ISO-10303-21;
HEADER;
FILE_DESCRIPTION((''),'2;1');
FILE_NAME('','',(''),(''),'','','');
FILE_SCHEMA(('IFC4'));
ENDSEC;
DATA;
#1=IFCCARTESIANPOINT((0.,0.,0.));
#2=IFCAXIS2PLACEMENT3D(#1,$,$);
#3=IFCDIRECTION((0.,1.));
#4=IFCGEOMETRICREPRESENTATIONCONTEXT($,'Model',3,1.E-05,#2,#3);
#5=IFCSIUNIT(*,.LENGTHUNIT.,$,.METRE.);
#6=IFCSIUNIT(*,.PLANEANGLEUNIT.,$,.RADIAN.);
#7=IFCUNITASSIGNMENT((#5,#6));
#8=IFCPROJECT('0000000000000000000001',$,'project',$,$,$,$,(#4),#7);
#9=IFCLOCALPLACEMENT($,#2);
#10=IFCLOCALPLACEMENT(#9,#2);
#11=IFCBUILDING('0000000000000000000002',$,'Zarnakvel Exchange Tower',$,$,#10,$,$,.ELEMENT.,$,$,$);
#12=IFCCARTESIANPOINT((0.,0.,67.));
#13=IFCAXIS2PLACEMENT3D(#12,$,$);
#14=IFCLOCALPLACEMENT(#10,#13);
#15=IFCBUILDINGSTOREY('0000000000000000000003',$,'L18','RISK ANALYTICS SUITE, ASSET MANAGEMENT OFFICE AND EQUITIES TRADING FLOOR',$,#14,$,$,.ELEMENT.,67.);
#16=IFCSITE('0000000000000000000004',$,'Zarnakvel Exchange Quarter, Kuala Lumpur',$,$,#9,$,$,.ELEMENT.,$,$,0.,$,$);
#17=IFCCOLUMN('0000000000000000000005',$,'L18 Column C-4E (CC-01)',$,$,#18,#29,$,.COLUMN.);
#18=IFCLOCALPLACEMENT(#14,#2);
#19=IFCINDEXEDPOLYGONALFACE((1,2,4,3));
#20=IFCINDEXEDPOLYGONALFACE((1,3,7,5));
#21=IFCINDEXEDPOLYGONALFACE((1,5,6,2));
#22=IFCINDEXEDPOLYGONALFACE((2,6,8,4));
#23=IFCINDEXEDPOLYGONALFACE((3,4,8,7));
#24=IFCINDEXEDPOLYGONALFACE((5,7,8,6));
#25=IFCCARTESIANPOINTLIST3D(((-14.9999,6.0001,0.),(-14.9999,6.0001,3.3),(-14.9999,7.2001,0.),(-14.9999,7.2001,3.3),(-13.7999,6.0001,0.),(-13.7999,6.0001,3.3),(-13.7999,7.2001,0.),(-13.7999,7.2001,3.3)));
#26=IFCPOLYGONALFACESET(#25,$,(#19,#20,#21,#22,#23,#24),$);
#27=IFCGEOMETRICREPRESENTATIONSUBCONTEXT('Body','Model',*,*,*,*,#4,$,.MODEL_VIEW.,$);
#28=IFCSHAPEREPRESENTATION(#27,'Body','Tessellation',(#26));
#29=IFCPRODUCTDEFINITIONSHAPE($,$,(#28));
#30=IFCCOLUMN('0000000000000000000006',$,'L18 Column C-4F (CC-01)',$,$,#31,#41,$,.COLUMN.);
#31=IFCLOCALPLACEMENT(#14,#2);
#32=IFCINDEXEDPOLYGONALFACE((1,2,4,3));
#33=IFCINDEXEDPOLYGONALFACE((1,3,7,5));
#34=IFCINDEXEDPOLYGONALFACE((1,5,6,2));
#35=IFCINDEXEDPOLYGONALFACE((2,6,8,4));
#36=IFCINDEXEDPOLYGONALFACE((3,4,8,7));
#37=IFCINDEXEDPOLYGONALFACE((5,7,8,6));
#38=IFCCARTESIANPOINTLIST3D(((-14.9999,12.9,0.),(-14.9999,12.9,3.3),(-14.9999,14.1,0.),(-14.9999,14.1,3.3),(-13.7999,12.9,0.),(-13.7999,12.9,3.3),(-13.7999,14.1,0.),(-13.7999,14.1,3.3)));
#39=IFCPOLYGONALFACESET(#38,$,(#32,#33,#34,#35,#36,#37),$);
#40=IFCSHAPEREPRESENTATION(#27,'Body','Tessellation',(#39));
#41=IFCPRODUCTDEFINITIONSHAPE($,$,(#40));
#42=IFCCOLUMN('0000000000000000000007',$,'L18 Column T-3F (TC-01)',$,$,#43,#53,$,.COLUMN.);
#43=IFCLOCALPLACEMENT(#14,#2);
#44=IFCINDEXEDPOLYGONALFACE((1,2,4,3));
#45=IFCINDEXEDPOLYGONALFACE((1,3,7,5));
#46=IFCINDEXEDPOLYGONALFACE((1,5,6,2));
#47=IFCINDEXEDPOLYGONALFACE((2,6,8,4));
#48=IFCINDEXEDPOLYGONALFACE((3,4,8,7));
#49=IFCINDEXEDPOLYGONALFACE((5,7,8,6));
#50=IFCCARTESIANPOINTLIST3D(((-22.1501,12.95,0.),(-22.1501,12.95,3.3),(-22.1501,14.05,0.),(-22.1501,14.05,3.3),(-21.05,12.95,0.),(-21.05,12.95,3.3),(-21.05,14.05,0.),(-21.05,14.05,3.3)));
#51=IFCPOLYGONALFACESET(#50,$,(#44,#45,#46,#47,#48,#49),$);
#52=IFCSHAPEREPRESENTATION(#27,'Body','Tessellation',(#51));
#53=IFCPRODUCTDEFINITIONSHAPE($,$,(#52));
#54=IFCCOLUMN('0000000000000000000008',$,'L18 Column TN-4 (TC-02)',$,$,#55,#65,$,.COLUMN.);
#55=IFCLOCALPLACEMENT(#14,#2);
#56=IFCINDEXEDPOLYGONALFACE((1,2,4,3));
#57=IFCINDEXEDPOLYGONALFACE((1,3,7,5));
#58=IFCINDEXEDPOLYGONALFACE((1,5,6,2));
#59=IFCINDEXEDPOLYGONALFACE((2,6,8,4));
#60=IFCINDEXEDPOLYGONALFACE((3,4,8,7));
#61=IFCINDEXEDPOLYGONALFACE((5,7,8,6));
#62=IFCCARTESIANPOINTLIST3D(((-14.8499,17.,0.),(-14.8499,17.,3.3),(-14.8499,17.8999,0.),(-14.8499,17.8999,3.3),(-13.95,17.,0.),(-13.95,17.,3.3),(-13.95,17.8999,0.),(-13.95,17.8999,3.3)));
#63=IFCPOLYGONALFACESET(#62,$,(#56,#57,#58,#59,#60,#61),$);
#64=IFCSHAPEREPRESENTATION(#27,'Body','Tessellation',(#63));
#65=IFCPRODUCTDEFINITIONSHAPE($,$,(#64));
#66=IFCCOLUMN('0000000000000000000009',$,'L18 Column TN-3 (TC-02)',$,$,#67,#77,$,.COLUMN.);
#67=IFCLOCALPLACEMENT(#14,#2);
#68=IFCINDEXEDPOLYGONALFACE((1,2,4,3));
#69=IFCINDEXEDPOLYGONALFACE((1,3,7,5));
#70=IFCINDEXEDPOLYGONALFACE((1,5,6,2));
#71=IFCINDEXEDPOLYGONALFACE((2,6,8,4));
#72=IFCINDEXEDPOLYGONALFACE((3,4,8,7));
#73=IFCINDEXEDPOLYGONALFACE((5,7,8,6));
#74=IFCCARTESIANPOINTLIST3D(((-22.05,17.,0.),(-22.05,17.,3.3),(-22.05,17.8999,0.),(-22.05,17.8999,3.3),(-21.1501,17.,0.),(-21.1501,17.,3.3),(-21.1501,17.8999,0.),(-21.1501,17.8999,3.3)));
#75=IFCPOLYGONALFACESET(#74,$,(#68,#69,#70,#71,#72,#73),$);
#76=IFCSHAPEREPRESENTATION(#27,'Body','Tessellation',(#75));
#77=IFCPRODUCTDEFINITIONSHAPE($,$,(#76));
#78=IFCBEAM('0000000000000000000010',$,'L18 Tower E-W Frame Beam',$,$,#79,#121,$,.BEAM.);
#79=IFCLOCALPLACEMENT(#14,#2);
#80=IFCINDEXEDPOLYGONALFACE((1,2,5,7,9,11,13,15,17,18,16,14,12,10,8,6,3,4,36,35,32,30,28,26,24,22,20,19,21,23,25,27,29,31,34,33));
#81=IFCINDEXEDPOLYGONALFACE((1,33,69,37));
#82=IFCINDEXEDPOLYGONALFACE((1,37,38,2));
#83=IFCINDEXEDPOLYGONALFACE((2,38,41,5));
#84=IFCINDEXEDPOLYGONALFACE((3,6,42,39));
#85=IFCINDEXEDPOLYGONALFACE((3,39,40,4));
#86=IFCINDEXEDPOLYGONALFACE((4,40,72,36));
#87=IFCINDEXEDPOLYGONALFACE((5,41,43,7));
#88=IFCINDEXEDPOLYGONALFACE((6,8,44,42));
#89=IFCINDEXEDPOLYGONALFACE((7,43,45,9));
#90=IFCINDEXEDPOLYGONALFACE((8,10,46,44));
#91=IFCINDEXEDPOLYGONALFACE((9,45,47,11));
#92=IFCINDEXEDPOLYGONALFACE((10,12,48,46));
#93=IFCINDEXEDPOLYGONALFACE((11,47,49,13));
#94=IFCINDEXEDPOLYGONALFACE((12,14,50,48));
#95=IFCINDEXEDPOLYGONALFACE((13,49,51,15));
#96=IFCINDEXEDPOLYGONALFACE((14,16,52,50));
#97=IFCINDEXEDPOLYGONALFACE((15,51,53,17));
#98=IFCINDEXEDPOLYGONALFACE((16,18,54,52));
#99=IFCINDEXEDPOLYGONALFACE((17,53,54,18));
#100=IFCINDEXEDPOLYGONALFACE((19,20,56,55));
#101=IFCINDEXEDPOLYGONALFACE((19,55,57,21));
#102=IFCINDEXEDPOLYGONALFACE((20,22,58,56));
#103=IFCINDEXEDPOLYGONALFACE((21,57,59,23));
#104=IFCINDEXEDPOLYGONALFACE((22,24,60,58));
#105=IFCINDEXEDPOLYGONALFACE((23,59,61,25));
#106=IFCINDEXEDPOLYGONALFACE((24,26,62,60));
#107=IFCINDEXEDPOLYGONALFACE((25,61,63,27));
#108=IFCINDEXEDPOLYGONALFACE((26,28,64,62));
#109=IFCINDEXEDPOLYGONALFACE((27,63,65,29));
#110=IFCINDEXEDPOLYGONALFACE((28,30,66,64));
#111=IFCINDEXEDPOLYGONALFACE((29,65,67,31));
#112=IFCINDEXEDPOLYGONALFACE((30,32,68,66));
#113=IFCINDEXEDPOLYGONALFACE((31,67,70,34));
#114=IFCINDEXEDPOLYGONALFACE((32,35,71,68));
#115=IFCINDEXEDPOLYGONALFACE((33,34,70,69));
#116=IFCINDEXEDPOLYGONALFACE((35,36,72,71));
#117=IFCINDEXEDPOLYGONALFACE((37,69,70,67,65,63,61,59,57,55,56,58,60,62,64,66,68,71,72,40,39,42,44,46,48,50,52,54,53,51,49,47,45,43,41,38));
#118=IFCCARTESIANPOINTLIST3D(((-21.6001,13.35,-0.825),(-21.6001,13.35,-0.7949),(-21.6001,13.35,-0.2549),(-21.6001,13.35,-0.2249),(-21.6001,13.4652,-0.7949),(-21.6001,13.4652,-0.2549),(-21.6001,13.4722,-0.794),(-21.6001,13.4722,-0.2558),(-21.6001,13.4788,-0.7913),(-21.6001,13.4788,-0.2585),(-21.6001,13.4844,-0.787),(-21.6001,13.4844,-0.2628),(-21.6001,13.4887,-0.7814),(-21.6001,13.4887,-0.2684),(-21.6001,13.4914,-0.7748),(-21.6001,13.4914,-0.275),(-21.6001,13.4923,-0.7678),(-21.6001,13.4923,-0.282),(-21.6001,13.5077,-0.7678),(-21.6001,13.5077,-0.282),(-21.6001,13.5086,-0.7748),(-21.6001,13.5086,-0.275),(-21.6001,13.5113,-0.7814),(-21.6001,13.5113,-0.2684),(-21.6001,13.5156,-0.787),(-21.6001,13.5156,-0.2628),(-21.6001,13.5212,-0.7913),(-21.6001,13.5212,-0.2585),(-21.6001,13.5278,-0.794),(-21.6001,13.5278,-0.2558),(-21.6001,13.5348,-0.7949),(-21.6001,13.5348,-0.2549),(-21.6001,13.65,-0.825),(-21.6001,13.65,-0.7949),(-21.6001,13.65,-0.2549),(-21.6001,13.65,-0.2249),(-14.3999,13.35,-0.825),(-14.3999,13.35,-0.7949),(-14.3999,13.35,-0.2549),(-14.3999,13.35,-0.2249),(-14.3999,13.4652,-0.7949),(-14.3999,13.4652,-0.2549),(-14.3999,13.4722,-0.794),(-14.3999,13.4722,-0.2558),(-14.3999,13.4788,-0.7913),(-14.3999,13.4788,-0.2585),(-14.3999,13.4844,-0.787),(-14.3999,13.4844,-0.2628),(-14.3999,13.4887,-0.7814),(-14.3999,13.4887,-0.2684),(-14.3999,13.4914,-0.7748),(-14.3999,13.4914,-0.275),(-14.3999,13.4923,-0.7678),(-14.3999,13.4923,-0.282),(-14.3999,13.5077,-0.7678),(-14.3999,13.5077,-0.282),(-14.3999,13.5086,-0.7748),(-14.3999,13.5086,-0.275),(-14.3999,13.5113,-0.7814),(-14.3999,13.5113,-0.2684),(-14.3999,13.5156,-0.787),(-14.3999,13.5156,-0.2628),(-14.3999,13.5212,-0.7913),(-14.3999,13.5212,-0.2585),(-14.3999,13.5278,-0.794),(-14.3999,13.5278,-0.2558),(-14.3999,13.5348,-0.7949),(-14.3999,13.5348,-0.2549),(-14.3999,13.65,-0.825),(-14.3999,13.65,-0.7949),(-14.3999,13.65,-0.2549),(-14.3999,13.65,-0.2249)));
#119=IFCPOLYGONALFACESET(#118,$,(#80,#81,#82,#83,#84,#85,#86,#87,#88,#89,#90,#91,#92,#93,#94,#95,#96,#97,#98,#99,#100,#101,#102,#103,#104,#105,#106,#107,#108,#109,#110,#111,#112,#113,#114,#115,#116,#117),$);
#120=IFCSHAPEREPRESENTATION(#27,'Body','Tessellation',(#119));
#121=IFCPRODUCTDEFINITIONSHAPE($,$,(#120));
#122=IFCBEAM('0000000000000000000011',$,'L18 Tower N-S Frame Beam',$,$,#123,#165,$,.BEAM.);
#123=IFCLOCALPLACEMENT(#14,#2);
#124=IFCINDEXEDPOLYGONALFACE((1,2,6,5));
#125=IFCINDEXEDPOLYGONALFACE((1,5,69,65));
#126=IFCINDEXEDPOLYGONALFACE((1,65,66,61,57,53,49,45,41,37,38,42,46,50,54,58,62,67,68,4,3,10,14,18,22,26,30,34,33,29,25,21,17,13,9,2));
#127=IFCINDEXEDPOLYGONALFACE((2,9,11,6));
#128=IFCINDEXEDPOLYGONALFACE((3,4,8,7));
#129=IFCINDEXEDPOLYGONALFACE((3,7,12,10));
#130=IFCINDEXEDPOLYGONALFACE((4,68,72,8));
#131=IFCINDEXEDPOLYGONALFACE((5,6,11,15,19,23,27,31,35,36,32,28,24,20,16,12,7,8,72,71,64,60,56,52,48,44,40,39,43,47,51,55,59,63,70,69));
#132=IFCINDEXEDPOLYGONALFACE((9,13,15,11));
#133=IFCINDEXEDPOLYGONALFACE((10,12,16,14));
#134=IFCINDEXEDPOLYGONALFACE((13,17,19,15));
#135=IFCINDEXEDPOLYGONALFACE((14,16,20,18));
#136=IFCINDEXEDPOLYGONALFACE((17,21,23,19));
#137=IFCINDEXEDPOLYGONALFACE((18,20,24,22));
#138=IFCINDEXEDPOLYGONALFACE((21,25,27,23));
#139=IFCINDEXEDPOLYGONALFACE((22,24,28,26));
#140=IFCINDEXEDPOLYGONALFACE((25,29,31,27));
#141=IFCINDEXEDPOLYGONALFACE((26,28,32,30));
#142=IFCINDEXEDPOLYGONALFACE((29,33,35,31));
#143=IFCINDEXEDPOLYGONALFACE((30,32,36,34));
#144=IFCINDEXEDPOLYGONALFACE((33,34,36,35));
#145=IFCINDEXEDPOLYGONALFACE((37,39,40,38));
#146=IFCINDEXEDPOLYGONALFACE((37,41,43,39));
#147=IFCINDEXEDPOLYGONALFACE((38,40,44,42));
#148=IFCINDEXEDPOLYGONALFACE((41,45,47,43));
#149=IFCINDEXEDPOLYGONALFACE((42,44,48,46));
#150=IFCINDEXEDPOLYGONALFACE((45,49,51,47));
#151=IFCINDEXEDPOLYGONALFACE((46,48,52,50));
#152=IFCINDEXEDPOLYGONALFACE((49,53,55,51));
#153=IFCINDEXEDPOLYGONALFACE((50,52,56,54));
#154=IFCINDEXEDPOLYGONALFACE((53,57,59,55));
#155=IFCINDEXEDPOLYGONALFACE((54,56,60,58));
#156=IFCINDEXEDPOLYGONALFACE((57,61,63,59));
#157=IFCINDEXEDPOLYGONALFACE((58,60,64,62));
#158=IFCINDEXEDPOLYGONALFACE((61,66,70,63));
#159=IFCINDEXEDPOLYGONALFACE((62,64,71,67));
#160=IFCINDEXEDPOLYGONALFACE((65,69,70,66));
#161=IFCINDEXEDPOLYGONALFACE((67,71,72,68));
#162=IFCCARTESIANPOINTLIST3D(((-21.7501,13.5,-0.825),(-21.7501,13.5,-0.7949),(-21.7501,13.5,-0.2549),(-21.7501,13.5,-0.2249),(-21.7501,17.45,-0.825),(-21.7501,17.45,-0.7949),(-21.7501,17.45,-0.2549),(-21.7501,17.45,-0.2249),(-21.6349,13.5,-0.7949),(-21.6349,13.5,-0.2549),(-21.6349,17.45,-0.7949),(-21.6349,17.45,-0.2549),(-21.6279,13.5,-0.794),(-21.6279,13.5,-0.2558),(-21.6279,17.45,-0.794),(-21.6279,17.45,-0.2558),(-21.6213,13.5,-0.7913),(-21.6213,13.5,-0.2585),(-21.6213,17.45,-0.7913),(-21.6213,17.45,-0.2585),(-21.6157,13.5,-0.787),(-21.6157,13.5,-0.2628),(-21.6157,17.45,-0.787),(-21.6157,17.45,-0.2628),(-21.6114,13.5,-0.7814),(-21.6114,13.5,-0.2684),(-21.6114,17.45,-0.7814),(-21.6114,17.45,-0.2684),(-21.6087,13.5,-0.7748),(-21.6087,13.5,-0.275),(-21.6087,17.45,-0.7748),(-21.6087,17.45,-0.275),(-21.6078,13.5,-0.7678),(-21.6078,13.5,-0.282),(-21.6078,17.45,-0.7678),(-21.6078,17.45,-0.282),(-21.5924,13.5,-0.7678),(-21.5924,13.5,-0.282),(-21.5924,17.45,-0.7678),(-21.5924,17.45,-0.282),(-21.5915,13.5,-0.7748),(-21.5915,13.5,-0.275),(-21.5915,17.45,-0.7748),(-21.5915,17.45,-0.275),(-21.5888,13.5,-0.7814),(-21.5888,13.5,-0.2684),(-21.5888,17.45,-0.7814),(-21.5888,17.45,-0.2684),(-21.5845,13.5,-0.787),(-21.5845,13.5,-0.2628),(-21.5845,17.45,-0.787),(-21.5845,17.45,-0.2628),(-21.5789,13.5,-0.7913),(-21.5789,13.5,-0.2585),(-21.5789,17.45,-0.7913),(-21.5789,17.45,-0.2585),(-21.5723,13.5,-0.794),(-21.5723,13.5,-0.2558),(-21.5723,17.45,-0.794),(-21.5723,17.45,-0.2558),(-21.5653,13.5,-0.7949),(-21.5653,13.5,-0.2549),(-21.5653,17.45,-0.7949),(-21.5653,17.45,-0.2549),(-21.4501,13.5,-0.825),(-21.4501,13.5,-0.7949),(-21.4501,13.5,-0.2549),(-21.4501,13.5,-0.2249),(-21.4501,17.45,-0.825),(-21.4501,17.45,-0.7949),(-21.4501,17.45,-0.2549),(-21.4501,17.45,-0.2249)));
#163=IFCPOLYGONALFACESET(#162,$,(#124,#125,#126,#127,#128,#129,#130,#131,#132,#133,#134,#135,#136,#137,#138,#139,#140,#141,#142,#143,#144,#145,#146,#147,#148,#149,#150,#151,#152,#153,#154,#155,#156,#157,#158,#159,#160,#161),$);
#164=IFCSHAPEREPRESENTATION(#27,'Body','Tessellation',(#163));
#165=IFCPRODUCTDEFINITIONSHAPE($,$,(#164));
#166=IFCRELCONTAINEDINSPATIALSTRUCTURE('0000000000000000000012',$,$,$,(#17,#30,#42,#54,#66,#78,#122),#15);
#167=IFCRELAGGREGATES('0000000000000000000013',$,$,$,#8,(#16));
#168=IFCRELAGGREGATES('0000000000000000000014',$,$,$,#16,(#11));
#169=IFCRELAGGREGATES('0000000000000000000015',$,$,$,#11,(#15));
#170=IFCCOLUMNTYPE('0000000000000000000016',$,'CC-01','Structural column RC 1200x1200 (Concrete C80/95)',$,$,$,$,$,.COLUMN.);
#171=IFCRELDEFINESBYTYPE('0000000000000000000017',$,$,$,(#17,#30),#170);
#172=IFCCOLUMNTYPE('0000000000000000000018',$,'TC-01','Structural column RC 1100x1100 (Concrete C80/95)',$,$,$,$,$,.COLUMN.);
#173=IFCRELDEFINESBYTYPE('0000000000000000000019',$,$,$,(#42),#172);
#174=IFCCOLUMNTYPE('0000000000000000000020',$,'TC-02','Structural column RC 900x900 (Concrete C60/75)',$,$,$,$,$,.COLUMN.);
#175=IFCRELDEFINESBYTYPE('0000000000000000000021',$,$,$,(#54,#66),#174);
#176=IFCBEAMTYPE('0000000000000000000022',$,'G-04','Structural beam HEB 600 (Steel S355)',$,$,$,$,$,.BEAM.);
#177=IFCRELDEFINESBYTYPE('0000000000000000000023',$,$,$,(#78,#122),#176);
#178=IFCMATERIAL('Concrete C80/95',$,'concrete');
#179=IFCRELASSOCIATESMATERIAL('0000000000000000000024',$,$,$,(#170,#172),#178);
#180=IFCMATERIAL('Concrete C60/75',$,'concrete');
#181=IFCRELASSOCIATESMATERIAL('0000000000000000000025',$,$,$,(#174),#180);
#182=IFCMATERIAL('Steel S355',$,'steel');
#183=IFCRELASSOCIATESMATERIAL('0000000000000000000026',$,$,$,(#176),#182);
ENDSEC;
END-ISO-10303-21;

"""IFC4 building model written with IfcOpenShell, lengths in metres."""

from ifc_helpers import new_model, si_unit, direction, frame, origin, origin_2d, place, context, subcontext, project, spatial, rectangle, i_section, extrude, material, material_profile, profile_set, type_object, element, save


model = new_model("IFC4")

# Units and contexts
model_context = context("Model", 3, precision=1e-05, world=origin(), true_north=direction((0.0, 1.0)))
body_context = subcontext(model_context, "Body", "Model", "MODEL_VIEW")
ifc_project = project(units=[si_unit("LENGTHUNIT", "METRE"), si_unit("PLANEANGLEUNIT", "RADIAN")], contexts=[model_context])

# Site, building, storey
site_placement = place(None, origin())
site = spatial("IfcSite", under=ifc_project, at=site_placement, Name="Zarnakvel Exchange Quarter, Kuala Lumpur", CompositionType="ELEMENT", RefElevation=0.0)
building_placement = place(site_placement, origin())
building = spatial("IfcBuilding", under=site, at=building_placement, Name="Zarnakvel Exchange Tower", CompositionType="ELEMENT")
storey_placement = place(building_placement, frame((0.0, 0.0, 67.0)))
storey = spatial("IfcBuildingStorey", under=building, at=storey_placement, Name="L18", Description="RISK ANALYTICS SUITE, ASSET MANAGEMENT OFFICE AND EQUITIES TRADING FLOOR", CompositionType="ELEMENT", Elevation=67.0)

# Columns
ifc_material_1 = material(Name="Concrete C80/95", Category="concrete")
ifc_material_profile_1 = material_profile(ifc_material_1, rectangle(XDim=1.2, YDim=1.2, at=origin_2d()))
ifc_profile_set_1 = profile_set([ifc_material_profile_1], Name="Concrete C80/95")
column_type_1 = type_object("IfcColumnType", Name="CC-01", Description="Structural column RC 1200x1200 (Concrete C80/95)", PredefinedType="COLUMN", material=ifc_profile_set_1)
for number, where, z_axis, x_axis, name in (
    (1, (-14.3999, 6.6001, 0.0), (0.0, 0.0, 1.0), (1.0, 0.0, 0.0), "L18 Column C-4E (CC-01)"),
    (2, (-14.3999, 13.5, 0.0), (0.0, 0.0, 1.0), (1.0, 0.0, 0.0), "L18 Column C-4F (CC-01)"),
):
    element("IfcColumn", number, at=place(storey_placement, frame(where, z_axis=z_axis, x_axis=x_axis)), inside=storey, type_object=column_type_1, Name=name, PredefinedType="COLUMN", context=body_context, shape_type="SweptSolid", body=[
        extrude(rectangle(XDim=1.2, YDim=1.2, at=origin_2d()), origin(), (0.0, 0.0, 1.0), 3.3),
    ])
ifc_material_profile_2 = material_profile(ifc_material_1, rectangle(XDim=1.1001, YDim=1.1001, at=origin_2d()))
ifc_profile_set_2 = profile_set([ifc_material_profile_2], Name="Concrete C80/95")
column_type_2 = type_object("IfcColumnType", Name="TC-01", Description="Structural column RC 1100x1100 (Concrete C80/95)", PredefinedType="COLUMN", material=ifc_profile_set_2)
column_placement = place(storey_placement, frame((-21.6001, 13.5, 0.0), z_axis=(0.0, 0.0, 1.0), x_axis=(1.0, 0.0, 0.0)))
element("IfcColumn", 3, at=column_placement, inside=storey, type_object=column_type_2, Name="L18 Column T-3F (TC-01)", PredefinedType="COLUMN", context=body_context, shape_type="SweptSolid", body=[
    extrude(rectangle(XDim=1.1001, YDim=1.1001, at=origin_2d()), origin(), (0.0, 0.0, 1.0), 3.3),
])
ifc_material_2 = material(Name="Concrete C60/75", Category="concrete")
ifc_material_profile_3 = material_profile(ifc_material_2, rectangle(XDim=0.8999, YDim=0.8999, at=origin_2d()))
ifc_profile_set_3 = profile_set([ifc_material_profile_3], Name="Concrete C60/75")
column_type_3 = type_object("IfcColumnType", Name="TC-02", Description="Structural column RC 900x900 (Concrete C60/75)", PredefinedType="COLUMN", material=ifc_profile_set_3)
for number, where, z_axis, x_axis, name in (
    (4, (-14.3999, 17.45, 0.0), (0.0, 0.0, 1.0), (1.0, 0.0, 0.0), "L18 Column TN-4 (TC-02)"),
    (5, (-21.6001, 17.45, 0.0), (0.0, 0.0, 1.0), (1.0, 0.0, 0.0), "L18 Column TN-3 (TC-02)"),
):
    element("IfcColumn", number, at=place(storey_placement, frame(where, z_axis=z_axis, x_axis=x_axis)), inside=storey, type_object=column_type_3, Name=name, PredefinedType="COLUMN", context=body_context, shape_type="SweptSolid", body=[
        extrude(rectangle(XDim=0.8999, YDim=0.8999, at=origin_2d()), origin(), (0.0, 0.0, 1.0), 3.3),
    ])

# Beams
ifc_material_3 = material(Name="Steel S355", Category="steel")
ifc_material_profile_4 = material_profile(ifc_material_3, i_section(OverallWidth=0.3, OverallDepth=0.6001, WebThickness=0.0154, FlangeThickness=0.03, FilletRadius=0.0271, at=origin_2d()))
ifc_profile_set_4 = profile_set([ifc_material_profile_4], Name="Steel S355")
beam_type_1 = type_object("IfcBeamType", Name="G-04", Description="Structural beam HEB 600 (Steel S355)", PredefinedType="BEAM", material=ifc_profile_set_4)
beam_1_placement = place(storey_placement, frame((-21.6001, 13.5, -0.5249), z_axis=(1.0, 0.0, 0.0), x_axis=(0.0, 1.0, 0.0)))
element("IfcBeam", 6, at=beam_1_placement, inside=storey, type_object=beam_type_1, Name="L18 Tower E-W Frame Beam", PredefinedType="BEAM", context=body_context, shape_type="SweptSolid", body=[
    extrude(i_section(OverallWidth=0.3, OverallDepth=0.6001, WebThickness=0.0154, FlangeThickness=0.03, FilletRadius=0.0271, at=origin_2d()), origin(), (0.0, 0.0, 1.0), 7.2002),
])
for number, where, z_axis, x_axis, name in (
    (7, (-21.6001, 13.5, -0.5249), (0.0, 1.0, 0.0), (-1.0, 0.0, 0.0), "L18 Tower N-S Frame Beam"),
):
    element("IfcBeam", number, at=place(storey_placement, frame(where, z_axis=z_axis, x_axis=x_axis)), inside=storey, type_object=beam_type_1, Name=name, PredefinedType="BEAM", context=body_context, shape_type="SweptSolid", body=[
        extrude(i_section(OverallWidth=0.3, OverallDepth=0.6001, WebThickness=0.0154, FlangeThickness=0.03, FilletRadius=0.0271, at=origin_2d()), origin(), (0.0, 0.0, 1.0), 3.95),
    ])

save(model, "model.ifc")
